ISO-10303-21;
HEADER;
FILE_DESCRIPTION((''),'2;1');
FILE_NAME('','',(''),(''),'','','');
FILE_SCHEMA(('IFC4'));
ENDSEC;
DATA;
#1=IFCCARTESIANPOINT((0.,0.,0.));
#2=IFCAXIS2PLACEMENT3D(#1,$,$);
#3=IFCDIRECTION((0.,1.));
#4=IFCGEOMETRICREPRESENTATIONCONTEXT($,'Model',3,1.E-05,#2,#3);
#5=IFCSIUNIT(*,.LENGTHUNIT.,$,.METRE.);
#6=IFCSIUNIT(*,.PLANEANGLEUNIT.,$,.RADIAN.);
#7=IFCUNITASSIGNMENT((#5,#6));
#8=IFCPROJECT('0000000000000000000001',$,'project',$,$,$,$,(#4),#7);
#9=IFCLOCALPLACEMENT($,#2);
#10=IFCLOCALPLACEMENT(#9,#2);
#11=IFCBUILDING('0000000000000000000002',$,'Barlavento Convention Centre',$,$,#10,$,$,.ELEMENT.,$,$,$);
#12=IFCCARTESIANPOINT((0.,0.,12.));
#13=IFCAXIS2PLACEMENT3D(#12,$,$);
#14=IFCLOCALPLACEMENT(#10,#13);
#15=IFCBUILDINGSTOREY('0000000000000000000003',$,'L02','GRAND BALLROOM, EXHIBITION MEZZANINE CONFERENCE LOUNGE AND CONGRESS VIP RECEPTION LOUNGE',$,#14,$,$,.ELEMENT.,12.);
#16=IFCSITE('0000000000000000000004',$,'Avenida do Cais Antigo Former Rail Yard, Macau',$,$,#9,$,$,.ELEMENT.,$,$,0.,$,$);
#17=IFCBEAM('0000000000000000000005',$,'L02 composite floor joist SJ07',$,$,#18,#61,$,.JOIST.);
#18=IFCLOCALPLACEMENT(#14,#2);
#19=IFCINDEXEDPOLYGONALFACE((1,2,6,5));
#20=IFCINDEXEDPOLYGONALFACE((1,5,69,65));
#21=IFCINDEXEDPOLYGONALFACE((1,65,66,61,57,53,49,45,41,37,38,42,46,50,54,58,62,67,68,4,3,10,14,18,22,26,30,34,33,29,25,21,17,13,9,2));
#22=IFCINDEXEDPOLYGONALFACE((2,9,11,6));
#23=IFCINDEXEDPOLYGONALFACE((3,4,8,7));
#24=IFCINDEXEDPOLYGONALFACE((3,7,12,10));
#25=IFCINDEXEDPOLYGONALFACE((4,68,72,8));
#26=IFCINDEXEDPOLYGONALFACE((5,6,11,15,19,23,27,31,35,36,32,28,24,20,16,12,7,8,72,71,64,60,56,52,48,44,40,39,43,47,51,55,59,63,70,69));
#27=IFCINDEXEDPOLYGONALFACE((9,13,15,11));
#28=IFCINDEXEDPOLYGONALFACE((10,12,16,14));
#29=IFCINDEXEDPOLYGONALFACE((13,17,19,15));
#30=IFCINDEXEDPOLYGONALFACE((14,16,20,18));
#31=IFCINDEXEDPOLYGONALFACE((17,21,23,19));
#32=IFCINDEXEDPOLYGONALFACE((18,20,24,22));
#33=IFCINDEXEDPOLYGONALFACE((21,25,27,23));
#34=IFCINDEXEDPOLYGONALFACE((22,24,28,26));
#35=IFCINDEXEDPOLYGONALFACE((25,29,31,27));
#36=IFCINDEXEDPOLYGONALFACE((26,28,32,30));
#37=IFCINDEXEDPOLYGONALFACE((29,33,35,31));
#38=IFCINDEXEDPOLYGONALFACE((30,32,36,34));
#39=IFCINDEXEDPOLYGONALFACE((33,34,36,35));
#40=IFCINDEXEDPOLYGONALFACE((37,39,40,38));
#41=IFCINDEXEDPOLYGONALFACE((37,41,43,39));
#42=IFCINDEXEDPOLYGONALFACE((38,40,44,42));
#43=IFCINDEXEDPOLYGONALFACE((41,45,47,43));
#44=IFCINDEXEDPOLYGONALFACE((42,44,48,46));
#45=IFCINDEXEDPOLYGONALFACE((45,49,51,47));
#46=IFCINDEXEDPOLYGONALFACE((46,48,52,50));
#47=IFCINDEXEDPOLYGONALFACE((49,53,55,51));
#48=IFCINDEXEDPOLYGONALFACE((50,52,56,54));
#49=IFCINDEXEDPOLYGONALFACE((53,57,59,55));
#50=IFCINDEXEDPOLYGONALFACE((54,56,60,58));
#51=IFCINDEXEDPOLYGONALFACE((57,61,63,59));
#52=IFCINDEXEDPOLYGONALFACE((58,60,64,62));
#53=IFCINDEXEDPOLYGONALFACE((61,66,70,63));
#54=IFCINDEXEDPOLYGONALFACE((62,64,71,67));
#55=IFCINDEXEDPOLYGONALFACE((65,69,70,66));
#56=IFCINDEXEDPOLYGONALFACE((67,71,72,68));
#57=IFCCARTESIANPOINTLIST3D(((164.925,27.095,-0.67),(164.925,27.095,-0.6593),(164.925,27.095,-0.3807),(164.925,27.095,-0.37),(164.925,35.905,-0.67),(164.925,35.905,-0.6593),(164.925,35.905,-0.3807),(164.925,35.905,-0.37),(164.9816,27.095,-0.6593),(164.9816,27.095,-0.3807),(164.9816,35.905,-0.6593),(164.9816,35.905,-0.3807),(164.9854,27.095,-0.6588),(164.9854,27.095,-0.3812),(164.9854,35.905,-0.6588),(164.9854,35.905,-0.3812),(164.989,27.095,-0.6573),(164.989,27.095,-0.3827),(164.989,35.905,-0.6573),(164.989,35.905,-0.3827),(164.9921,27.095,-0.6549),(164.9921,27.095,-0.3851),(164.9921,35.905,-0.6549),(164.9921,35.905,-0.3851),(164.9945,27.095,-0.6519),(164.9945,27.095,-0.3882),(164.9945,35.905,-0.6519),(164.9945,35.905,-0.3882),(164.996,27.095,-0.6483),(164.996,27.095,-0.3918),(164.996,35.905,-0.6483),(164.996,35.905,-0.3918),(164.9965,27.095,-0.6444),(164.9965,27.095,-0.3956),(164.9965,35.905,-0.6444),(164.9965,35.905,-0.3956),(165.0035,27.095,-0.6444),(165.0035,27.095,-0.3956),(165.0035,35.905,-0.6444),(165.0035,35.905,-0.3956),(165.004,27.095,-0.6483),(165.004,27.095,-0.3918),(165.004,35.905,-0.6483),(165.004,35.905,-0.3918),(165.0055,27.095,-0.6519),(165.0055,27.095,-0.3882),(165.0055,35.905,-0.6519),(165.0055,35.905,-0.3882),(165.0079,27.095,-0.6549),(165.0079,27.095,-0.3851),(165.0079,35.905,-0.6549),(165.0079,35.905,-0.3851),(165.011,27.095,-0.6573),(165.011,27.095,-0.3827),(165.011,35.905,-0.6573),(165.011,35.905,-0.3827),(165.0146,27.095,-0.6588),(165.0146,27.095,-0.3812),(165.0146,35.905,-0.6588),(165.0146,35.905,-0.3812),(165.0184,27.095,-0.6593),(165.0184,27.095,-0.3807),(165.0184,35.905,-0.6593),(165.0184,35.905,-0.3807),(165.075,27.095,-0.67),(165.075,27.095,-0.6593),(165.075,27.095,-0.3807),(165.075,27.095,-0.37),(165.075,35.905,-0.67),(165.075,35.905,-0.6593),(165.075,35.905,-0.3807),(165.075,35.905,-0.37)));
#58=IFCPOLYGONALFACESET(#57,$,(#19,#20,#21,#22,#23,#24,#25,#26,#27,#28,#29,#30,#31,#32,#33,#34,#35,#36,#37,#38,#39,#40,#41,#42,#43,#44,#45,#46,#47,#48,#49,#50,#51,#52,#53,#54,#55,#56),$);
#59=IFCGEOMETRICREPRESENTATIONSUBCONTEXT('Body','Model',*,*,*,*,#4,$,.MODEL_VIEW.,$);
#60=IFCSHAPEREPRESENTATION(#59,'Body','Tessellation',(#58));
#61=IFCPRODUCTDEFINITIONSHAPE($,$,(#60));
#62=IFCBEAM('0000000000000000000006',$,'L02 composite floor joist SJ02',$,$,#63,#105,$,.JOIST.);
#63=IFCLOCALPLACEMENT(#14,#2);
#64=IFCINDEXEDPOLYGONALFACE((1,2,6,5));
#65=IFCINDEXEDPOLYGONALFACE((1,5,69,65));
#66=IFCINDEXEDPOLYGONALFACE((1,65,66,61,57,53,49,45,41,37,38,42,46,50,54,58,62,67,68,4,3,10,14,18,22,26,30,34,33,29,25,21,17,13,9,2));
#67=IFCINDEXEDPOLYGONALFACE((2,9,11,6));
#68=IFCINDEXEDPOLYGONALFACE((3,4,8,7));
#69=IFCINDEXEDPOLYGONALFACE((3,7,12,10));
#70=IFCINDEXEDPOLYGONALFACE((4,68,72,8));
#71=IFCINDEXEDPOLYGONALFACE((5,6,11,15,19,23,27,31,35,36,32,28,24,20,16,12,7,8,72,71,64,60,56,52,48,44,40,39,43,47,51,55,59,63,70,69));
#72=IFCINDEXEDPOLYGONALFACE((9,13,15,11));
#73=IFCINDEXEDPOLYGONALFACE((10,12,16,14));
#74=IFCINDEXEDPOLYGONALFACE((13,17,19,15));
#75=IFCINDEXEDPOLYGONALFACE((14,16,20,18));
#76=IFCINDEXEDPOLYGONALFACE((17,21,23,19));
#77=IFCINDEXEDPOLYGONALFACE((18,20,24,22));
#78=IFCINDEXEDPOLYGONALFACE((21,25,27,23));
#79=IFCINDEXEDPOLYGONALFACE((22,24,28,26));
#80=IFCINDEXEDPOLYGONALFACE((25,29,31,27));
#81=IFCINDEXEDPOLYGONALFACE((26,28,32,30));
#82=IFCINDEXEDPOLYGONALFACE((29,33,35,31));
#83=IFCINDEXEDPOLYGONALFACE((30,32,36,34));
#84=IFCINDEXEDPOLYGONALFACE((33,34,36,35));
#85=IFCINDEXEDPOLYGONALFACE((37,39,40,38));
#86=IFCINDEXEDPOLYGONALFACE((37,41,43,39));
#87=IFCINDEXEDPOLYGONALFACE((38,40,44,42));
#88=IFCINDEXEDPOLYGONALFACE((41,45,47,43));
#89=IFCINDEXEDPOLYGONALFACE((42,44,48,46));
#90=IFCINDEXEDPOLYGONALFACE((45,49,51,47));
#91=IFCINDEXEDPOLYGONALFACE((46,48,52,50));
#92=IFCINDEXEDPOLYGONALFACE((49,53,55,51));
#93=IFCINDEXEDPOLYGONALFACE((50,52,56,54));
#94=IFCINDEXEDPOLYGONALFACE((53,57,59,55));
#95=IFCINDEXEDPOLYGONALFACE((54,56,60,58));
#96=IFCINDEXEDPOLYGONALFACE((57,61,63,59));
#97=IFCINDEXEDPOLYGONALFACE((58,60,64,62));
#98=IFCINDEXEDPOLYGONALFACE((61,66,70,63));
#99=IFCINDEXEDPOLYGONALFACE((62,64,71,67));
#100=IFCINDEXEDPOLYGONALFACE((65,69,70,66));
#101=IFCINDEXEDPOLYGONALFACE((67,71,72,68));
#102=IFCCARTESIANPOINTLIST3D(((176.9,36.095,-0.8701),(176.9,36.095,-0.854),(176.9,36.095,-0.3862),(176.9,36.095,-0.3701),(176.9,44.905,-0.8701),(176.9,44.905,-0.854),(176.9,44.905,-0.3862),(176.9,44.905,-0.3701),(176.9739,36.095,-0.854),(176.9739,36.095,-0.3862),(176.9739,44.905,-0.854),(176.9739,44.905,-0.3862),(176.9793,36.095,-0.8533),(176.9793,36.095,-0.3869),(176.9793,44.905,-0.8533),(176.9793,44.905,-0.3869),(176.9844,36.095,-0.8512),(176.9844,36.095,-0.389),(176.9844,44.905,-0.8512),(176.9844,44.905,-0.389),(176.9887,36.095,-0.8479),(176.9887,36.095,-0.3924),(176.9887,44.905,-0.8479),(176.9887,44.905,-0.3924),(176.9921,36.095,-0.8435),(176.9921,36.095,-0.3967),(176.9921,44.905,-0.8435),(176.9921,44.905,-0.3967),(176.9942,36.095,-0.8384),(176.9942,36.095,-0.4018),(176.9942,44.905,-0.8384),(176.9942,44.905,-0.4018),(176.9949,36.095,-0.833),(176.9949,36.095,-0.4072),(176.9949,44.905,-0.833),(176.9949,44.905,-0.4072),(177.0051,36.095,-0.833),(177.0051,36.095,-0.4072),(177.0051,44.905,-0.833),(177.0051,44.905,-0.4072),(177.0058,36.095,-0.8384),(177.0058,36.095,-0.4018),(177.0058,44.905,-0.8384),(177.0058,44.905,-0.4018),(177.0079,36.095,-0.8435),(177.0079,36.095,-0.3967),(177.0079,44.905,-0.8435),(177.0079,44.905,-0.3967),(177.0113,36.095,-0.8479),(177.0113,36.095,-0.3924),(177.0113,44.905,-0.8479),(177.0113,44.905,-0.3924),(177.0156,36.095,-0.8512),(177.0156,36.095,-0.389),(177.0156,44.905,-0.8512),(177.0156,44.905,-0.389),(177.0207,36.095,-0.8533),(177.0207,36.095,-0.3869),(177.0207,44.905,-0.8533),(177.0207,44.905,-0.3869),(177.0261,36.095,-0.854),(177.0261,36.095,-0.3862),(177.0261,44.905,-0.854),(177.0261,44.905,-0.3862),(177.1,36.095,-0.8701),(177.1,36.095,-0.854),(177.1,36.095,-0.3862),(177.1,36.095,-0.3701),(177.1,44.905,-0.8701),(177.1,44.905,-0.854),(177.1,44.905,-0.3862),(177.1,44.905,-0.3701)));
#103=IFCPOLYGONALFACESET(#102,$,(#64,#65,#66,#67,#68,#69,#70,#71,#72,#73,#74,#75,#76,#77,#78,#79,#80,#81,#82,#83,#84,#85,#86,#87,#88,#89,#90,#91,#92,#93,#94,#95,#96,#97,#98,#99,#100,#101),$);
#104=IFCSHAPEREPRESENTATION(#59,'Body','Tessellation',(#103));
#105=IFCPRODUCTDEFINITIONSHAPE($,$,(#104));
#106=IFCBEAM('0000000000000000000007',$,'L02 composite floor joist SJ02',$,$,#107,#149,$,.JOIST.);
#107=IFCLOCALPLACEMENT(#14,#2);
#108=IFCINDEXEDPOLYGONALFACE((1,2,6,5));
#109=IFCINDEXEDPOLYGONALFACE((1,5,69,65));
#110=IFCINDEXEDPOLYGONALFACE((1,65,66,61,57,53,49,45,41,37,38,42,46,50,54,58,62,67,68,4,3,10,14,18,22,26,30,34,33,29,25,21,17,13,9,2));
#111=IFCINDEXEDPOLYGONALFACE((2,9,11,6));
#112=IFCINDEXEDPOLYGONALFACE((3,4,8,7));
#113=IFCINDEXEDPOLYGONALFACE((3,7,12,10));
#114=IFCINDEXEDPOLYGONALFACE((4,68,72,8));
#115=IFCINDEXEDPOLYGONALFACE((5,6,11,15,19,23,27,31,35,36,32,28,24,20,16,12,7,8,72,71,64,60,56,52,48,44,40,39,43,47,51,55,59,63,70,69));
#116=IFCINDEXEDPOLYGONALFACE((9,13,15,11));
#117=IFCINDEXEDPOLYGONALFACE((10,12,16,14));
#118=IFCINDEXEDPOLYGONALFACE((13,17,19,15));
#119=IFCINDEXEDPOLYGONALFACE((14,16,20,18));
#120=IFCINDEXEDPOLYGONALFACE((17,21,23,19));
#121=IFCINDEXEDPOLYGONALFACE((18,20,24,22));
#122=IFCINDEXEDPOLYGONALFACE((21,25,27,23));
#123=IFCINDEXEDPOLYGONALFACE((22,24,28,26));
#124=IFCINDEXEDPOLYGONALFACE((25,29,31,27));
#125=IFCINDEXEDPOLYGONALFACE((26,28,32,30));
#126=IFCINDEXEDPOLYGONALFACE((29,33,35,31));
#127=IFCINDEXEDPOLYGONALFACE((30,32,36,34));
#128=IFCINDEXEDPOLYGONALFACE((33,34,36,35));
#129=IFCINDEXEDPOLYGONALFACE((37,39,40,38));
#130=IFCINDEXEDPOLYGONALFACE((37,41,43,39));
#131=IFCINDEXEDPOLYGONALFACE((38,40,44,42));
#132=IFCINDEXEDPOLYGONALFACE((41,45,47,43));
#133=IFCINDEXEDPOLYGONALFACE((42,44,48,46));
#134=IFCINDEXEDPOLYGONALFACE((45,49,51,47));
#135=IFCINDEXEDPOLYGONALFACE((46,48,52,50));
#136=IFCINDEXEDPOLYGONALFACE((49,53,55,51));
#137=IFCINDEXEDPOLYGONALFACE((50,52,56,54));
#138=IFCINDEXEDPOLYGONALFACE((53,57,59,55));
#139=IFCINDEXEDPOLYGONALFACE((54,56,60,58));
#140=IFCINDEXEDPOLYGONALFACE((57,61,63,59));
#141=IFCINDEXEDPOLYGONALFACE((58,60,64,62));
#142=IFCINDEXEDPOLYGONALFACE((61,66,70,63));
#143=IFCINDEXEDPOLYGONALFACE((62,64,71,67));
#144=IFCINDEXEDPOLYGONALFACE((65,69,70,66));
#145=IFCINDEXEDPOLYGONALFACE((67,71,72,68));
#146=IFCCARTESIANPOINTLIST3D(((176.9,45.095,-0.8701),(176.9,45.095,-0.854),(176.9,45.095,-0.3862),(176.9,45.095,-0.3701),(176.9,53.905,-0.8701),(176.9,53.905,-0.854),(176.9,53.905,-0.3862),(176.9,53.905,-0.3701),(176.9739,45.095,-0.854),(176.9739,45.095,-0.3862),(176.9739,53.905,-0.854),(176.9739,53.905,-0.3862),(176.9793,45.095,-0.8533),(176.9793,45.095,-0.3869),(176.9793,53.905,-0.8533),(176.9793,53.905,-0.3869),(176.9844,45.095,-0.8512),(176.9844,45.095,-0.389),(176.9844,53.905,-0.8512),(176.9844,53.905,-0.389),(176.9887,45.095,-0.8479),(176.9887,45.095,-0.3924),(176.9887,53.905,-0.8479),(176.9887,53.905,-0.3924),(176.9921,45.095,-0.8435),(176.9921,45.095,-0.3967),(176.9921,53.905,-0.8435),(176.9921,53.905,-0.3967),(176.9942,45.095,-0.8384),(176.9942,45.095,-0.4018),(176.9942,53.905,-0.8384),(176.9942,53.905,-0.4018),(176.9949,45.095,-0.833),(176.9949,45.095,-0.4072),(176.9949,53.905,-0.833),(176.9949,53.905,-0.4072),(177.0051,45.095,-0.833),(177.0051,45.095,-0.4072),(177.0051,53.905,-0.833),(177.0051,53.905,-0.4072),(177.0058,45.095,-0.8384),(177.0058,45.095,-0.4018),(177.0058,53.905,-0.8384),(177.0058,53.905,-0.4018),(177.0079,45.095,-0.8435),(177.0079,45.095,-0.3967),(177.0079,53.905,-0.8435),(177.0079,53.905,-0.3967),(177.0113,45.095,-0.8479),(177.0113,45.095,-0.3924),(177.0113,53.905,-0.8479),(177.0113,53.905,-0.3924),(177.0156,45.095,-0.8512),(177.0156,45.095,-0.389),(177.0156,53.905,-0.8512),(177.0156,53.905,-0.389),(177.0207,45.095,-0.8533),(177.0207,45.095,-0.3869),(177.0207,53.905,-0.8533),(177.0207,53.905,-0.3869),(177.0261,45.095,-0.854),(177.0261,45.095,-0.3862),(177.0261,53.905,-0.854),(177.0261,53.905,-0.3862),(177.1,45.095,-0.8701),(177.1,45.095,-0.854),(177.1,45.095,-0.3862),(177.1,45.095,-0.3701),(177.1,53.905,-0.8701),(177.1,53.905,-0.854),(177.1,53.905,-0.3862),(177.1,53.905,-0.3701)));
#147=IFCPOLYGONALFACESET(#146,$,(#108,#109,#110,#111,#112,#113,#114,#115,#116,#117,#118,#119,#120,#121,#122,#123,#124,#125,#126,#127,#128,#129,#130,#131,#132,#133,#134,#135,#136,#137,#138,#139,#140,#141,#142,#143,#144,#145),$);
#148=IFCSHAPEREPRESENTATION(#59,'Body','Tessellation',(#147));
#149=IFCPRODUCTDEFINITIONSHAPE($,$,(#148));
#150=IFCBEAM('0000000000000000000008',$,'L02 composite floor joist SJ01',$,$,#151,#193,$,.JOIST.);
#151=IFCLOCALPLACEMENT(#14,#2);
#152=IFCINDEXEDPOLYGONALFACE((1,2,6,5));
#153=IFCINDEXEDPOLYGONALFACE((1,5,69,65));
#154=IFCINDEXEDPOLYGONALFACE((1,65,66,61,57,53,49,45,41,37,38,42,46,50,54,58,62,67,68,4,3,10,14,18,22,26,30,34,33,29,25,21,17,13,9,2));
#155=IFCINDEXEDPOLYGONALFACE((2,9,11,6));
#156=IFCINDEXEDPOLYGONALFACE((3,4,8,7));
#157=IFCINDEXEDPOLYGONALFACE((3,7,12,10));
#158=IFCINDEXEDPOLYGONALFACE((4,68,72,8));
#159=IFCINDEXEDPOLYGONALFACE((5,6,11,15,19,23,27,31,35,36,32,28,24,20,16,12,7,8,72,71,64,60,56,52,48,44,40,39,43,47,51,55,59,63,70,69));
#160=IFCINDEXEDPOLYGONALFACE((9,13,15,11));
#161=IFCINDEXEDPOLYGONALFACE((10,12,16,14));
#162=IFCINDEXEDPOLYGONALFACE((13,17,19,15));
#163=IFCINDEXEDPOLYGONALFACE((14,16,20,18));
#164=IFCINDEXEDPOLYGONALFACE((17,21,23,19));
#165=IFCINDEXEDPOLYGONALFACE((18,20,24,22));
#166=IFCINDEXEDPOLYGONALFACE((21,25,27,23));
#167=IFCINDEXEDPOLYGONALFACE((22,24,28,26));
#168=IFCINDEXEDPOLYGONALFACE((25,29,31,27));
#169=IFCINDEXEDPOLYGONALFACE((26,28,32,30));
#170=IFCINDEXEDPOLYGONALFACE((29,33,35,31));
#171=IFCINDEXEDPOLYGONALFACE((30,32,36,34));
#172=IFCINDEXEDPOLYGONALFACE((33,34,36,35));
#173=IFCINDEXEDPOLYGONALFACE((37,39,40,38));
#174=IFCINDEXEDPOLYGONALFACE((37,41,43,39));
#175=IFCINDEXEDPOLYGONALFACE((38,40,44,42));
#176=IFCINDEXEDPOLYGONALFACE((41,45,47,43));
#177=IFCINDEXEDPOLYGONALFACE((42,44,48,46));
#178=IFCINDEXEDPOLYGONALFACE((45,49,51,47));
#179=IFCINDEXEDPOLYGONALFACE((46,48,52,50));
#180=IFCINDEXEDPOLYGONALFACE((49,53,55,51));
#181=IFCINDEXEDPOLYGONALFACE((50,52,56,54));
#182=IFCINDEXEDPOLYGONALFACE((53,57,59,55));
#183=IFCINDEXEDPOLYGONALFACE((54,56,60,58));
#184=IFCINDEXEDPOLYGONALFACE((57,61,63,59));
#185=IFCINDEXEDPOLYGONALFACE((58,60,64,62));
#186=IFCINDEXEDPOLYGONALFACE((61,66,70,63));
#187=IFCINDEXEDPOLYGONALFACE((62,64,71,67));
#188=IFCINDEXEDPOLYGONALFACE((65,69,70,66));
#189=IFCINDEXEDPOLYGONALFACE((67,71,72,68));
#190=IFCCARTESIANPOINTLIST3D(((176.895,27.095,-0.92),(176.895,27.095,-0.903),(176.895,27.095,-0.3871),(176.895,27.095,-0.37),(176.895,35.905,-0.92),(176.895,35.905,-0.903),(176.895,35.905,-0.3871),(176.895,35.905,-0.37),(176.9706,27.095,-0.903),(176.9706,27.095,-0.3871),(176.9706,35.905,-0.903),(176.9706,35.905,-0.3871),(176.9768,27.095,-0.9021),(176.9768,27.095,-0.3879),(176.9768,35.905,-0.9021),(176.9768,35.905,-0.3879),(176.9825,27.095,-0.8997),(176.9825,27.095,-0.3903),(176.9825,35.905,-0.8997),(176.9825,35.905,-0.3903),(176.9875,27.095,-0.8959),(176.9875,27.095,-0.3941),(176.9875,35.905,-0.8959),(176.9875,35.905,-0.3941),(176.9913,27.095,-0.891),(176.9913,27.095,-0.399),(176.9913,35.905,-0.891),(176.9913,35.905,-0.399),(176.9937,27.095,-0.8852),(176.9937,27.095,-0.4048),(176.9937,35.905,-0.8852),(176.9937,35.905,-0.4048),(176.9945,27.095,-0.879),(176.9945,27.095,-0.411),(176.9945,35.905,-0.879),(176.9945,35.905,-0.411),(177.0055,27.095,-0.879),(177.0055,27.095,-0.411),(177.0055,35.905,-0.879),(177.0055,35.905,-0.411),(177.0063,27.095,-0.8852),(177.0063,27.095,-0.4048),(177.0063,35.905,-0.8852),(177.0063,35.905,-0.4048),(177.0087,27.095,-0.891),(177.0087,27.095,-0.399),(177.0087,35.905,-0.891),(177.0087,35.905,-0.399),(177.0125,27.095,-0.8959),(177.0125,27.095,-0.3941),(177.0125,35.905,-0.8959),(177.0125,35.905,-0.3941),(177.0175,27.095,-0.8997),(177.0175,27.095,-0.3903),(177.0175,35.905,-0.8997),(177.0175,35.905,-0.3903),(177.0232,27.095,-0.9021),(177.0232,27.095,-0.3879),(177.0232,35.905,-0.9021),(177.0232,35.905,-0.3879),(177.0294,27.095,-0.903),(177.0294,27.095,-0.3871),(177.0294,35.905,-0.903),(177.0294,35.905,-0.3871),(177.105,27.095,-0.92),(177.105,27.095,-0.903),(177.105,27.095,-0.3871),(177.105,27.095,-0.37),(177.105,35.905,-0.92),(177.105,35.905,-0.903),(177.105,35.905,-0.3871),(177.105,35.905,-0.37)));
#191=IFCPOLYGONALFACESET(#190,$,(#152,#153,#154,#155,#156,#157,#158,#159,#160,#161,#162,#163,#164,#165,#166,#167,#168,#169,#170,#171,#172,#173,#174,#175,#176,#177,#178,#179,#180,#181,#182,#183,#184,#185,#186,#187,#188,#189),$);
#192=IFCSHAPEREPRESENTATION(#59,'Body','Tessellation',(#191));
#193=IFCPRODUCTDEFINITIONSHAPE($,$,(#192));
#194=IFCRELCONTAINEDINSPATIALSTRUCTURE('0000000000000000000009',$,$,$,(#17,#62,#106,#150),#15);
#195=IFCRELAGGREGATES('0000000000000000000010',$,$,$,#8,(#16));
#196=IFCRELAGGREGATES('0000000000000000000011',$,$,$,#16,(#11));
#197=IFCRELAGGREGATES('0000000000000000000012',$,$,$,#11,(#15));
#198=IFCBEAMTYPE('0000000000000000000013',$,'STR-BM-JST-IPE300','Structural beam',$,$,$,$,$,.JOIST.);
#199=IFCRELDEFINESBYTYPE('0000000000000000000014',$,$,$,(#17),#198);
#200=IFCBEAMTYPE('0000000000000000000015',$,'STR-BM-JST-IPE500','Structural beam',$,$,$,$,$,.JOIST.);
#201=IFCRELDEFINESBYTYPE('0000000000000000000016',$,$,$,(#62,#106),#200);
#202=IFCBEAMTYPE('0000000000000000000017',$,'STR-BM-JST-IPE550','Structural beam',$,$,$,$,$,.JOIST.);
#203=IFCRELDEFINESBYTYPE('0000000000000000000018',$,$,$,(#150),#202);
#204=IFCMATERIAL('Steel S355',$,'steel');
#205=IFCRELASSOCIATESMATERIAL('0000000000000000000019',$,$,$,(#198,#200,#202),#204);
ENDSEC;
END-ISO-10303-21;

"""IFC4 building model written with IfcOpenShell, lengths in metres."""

from ifc_helpers import new_model, si_unit, direction, frame, origin, origin_2d, place, context, subcontext, project, spatial, i_section, extrude, material, material_profile, profile_set, type_object, element, save


model = new_model("IFC4")

# Units and contexts
model_context = context("Model", 3, precision=1e-05, world=origin(), true_north=direction((0.0, 1.0)))
body_context = subcontext(model_context, "Body", "Model", "MODEL_VIEW")
ifc_project = project(units=[si_unit("LENGTHUNIT", "METRE"), si_unit("PLANEANGLEUNIT", "RADIAN")], contexts=[model_context])

# Site, building, storey
site_placement = place(None, origin())
site = spatial("IfcSite", under=ifc_project, at=site_placement, Name="Avenida do Cais Antigo Former Rail Yard, Macau", CompositionType="ELEMENT", RefElevation=0.0)
building_placement = place(site_placement, origin())
building = spatial("IfcBuilding", under=site, at=building_placement, Name="Barlavento Convention Centre", CompositionType="ELEMENT")
storey_placement = place(building_placement, frame((0.0, 0.0, 12.0)))
storey = spatial("IfcBuildingStorey", under=building, at=storey_placement, Name="L02", Description="GRAND BALLROOM, EXHIBITION MEZZANINE CONFERENCE LOUNGE AND CONGRESS VIP RECEPTION LOUNGE", CompositionType="ELEMENT", Elevation=12.0)

# Shared definitions
ifc_material_1 = material(Name="Steel S355", Category="steel")

# Beams
ifc_material_profile_1 = material_profile(ifc_material_1, i_section(OverallWidth=0.1499, OverallDepth=0.3, WebThickness=0.0071, FlangeThickness=0.0107, FilletRadius=0.0149, at=origin_2d()), Name="IPE 300")
ifc_profile_set_1 = profile_set([ifc_material_profile_1], Name="Steel S355")
beam_type_1 = type_object("IfcBeamType", Name="STR-BM-JST-IPE300", Description="Structural beam", PredefinedType="JOIST", material=ifc_profile_set_1)
beam_1_placement = place(storey_placement, frame((165.0, 27.095, -0.52), z_axis=(0.0, 1.0, 0.0), x_axis=(-1.0, 0.0, 0.0)))
element("IfcBeam", 1, at=beam_1_placement, inside=storey, type_object=beam_type_1, Name="L02 composite floor joist SJ07", PredefinedType="JOIST", context=body_context, shape_type="SweptSolid", body=[
    extrude(i_section(OverallWidth=0.1499, OverallDepth=0.3, WebThickness=0.0071, FlangeThickness=0.0107, FilletRadius=0.0149, at=origin_2d()), origin(), (0.0, 0.0, 1.0), 8.8101),
])
ifc_material_profile_2 = material_profile(ifc_material_1, i_section(OverallWidth=0.2, OverallDepth=0.5, WebThickness=0.0103, FlangeThickness=0.0161, FilletRadius=0.021, at=origin_2d()), Name="IPE 500")
ifc_profile_set_2 = profile_set([ifc_material_profile_2], Name="Steel S355")
beam_type_2 = type_object("IfcBeamType", Name="STR-BM-JST-IPE500", Description="Structural beam", PredefinedType="JOIST", material=ifc_profile_set_2)
for number, where, z_axis, x_axis, name in (
    (2, (177.0, 36.095, -0.6201), (0.0, 1.0, 0.0), (-1.0, 0.0, 0.0), "L02 composite floor joist SJ02"),
    (3, (177.0, 45.095, -0.6201), (0.0, 1.0, 0.0), (-1.0, 0.0, 0.0), "L02 composite floor joist SJ02"),
):
    element("IfcBeam", number, at=place(storey_placement, frame(where, z_axis=z_axis, x_axis=x_axis)), inside=storey, type_object=beam_type_2, Name=name, PredefinedType="JOIST", context=body_context, shape_type="SweptSolid", body=[
        extrude(i_section(OverallWidth=0.2, OverallDepth=0.5, WebThickness=0.0103, FlangeThickness=0.0161, FilletRadius=0.021, at=origin_2d()), origin(), (0.0, 0.0, 1.0), 8.8101),
    ])
ifc_material_profile_3 = material_profile(ifc_material_1, i_section(OverallWidth=0.21, OverallDepth=0.55, WebThickness=0.011, FlangeThickness=0.0171, FilletRadius=0.0239, at=origin_2d()), Name="IPE 550")
ifc_profile_set_3 = profile_set([ifc_material_profile_3], Name="Steel S355")
beam_type_3 = type_object("IfcBeamType", Name="STR-BM-JST-IPE550", Description="Structural beam", PredefinedType="JOIST", material=ifc_profile_set_3)
for number, where, z_axis, x_axis, name in (
    (4, (177.0, 27.095, -0.645), (0.0, 1.0, 0.0), (-1.0, 0.0, 0.0), "L02 composite floor joist SJ01"),
):
    element("IfcBeam", number, at=place(storey_placement, frame(where, z_axis=z_axis, x_axis=x_axis)), inside=storey, type_object=beam_type_3, Name=name, PredefinedType="JOIST", context=body_context, shape_type="SweptSolid", body=[
        extrude(i_section(OverallWidth=0.21, OverallDepth=0.55, WebThickness=0.011, FlangeThickness=0.0171, FilletRadius=0.0239, at=origin_2d()), origin(), (0.0, 0.0, 1.0), 8.8101),
    ])

save(model, "model.ifc")
